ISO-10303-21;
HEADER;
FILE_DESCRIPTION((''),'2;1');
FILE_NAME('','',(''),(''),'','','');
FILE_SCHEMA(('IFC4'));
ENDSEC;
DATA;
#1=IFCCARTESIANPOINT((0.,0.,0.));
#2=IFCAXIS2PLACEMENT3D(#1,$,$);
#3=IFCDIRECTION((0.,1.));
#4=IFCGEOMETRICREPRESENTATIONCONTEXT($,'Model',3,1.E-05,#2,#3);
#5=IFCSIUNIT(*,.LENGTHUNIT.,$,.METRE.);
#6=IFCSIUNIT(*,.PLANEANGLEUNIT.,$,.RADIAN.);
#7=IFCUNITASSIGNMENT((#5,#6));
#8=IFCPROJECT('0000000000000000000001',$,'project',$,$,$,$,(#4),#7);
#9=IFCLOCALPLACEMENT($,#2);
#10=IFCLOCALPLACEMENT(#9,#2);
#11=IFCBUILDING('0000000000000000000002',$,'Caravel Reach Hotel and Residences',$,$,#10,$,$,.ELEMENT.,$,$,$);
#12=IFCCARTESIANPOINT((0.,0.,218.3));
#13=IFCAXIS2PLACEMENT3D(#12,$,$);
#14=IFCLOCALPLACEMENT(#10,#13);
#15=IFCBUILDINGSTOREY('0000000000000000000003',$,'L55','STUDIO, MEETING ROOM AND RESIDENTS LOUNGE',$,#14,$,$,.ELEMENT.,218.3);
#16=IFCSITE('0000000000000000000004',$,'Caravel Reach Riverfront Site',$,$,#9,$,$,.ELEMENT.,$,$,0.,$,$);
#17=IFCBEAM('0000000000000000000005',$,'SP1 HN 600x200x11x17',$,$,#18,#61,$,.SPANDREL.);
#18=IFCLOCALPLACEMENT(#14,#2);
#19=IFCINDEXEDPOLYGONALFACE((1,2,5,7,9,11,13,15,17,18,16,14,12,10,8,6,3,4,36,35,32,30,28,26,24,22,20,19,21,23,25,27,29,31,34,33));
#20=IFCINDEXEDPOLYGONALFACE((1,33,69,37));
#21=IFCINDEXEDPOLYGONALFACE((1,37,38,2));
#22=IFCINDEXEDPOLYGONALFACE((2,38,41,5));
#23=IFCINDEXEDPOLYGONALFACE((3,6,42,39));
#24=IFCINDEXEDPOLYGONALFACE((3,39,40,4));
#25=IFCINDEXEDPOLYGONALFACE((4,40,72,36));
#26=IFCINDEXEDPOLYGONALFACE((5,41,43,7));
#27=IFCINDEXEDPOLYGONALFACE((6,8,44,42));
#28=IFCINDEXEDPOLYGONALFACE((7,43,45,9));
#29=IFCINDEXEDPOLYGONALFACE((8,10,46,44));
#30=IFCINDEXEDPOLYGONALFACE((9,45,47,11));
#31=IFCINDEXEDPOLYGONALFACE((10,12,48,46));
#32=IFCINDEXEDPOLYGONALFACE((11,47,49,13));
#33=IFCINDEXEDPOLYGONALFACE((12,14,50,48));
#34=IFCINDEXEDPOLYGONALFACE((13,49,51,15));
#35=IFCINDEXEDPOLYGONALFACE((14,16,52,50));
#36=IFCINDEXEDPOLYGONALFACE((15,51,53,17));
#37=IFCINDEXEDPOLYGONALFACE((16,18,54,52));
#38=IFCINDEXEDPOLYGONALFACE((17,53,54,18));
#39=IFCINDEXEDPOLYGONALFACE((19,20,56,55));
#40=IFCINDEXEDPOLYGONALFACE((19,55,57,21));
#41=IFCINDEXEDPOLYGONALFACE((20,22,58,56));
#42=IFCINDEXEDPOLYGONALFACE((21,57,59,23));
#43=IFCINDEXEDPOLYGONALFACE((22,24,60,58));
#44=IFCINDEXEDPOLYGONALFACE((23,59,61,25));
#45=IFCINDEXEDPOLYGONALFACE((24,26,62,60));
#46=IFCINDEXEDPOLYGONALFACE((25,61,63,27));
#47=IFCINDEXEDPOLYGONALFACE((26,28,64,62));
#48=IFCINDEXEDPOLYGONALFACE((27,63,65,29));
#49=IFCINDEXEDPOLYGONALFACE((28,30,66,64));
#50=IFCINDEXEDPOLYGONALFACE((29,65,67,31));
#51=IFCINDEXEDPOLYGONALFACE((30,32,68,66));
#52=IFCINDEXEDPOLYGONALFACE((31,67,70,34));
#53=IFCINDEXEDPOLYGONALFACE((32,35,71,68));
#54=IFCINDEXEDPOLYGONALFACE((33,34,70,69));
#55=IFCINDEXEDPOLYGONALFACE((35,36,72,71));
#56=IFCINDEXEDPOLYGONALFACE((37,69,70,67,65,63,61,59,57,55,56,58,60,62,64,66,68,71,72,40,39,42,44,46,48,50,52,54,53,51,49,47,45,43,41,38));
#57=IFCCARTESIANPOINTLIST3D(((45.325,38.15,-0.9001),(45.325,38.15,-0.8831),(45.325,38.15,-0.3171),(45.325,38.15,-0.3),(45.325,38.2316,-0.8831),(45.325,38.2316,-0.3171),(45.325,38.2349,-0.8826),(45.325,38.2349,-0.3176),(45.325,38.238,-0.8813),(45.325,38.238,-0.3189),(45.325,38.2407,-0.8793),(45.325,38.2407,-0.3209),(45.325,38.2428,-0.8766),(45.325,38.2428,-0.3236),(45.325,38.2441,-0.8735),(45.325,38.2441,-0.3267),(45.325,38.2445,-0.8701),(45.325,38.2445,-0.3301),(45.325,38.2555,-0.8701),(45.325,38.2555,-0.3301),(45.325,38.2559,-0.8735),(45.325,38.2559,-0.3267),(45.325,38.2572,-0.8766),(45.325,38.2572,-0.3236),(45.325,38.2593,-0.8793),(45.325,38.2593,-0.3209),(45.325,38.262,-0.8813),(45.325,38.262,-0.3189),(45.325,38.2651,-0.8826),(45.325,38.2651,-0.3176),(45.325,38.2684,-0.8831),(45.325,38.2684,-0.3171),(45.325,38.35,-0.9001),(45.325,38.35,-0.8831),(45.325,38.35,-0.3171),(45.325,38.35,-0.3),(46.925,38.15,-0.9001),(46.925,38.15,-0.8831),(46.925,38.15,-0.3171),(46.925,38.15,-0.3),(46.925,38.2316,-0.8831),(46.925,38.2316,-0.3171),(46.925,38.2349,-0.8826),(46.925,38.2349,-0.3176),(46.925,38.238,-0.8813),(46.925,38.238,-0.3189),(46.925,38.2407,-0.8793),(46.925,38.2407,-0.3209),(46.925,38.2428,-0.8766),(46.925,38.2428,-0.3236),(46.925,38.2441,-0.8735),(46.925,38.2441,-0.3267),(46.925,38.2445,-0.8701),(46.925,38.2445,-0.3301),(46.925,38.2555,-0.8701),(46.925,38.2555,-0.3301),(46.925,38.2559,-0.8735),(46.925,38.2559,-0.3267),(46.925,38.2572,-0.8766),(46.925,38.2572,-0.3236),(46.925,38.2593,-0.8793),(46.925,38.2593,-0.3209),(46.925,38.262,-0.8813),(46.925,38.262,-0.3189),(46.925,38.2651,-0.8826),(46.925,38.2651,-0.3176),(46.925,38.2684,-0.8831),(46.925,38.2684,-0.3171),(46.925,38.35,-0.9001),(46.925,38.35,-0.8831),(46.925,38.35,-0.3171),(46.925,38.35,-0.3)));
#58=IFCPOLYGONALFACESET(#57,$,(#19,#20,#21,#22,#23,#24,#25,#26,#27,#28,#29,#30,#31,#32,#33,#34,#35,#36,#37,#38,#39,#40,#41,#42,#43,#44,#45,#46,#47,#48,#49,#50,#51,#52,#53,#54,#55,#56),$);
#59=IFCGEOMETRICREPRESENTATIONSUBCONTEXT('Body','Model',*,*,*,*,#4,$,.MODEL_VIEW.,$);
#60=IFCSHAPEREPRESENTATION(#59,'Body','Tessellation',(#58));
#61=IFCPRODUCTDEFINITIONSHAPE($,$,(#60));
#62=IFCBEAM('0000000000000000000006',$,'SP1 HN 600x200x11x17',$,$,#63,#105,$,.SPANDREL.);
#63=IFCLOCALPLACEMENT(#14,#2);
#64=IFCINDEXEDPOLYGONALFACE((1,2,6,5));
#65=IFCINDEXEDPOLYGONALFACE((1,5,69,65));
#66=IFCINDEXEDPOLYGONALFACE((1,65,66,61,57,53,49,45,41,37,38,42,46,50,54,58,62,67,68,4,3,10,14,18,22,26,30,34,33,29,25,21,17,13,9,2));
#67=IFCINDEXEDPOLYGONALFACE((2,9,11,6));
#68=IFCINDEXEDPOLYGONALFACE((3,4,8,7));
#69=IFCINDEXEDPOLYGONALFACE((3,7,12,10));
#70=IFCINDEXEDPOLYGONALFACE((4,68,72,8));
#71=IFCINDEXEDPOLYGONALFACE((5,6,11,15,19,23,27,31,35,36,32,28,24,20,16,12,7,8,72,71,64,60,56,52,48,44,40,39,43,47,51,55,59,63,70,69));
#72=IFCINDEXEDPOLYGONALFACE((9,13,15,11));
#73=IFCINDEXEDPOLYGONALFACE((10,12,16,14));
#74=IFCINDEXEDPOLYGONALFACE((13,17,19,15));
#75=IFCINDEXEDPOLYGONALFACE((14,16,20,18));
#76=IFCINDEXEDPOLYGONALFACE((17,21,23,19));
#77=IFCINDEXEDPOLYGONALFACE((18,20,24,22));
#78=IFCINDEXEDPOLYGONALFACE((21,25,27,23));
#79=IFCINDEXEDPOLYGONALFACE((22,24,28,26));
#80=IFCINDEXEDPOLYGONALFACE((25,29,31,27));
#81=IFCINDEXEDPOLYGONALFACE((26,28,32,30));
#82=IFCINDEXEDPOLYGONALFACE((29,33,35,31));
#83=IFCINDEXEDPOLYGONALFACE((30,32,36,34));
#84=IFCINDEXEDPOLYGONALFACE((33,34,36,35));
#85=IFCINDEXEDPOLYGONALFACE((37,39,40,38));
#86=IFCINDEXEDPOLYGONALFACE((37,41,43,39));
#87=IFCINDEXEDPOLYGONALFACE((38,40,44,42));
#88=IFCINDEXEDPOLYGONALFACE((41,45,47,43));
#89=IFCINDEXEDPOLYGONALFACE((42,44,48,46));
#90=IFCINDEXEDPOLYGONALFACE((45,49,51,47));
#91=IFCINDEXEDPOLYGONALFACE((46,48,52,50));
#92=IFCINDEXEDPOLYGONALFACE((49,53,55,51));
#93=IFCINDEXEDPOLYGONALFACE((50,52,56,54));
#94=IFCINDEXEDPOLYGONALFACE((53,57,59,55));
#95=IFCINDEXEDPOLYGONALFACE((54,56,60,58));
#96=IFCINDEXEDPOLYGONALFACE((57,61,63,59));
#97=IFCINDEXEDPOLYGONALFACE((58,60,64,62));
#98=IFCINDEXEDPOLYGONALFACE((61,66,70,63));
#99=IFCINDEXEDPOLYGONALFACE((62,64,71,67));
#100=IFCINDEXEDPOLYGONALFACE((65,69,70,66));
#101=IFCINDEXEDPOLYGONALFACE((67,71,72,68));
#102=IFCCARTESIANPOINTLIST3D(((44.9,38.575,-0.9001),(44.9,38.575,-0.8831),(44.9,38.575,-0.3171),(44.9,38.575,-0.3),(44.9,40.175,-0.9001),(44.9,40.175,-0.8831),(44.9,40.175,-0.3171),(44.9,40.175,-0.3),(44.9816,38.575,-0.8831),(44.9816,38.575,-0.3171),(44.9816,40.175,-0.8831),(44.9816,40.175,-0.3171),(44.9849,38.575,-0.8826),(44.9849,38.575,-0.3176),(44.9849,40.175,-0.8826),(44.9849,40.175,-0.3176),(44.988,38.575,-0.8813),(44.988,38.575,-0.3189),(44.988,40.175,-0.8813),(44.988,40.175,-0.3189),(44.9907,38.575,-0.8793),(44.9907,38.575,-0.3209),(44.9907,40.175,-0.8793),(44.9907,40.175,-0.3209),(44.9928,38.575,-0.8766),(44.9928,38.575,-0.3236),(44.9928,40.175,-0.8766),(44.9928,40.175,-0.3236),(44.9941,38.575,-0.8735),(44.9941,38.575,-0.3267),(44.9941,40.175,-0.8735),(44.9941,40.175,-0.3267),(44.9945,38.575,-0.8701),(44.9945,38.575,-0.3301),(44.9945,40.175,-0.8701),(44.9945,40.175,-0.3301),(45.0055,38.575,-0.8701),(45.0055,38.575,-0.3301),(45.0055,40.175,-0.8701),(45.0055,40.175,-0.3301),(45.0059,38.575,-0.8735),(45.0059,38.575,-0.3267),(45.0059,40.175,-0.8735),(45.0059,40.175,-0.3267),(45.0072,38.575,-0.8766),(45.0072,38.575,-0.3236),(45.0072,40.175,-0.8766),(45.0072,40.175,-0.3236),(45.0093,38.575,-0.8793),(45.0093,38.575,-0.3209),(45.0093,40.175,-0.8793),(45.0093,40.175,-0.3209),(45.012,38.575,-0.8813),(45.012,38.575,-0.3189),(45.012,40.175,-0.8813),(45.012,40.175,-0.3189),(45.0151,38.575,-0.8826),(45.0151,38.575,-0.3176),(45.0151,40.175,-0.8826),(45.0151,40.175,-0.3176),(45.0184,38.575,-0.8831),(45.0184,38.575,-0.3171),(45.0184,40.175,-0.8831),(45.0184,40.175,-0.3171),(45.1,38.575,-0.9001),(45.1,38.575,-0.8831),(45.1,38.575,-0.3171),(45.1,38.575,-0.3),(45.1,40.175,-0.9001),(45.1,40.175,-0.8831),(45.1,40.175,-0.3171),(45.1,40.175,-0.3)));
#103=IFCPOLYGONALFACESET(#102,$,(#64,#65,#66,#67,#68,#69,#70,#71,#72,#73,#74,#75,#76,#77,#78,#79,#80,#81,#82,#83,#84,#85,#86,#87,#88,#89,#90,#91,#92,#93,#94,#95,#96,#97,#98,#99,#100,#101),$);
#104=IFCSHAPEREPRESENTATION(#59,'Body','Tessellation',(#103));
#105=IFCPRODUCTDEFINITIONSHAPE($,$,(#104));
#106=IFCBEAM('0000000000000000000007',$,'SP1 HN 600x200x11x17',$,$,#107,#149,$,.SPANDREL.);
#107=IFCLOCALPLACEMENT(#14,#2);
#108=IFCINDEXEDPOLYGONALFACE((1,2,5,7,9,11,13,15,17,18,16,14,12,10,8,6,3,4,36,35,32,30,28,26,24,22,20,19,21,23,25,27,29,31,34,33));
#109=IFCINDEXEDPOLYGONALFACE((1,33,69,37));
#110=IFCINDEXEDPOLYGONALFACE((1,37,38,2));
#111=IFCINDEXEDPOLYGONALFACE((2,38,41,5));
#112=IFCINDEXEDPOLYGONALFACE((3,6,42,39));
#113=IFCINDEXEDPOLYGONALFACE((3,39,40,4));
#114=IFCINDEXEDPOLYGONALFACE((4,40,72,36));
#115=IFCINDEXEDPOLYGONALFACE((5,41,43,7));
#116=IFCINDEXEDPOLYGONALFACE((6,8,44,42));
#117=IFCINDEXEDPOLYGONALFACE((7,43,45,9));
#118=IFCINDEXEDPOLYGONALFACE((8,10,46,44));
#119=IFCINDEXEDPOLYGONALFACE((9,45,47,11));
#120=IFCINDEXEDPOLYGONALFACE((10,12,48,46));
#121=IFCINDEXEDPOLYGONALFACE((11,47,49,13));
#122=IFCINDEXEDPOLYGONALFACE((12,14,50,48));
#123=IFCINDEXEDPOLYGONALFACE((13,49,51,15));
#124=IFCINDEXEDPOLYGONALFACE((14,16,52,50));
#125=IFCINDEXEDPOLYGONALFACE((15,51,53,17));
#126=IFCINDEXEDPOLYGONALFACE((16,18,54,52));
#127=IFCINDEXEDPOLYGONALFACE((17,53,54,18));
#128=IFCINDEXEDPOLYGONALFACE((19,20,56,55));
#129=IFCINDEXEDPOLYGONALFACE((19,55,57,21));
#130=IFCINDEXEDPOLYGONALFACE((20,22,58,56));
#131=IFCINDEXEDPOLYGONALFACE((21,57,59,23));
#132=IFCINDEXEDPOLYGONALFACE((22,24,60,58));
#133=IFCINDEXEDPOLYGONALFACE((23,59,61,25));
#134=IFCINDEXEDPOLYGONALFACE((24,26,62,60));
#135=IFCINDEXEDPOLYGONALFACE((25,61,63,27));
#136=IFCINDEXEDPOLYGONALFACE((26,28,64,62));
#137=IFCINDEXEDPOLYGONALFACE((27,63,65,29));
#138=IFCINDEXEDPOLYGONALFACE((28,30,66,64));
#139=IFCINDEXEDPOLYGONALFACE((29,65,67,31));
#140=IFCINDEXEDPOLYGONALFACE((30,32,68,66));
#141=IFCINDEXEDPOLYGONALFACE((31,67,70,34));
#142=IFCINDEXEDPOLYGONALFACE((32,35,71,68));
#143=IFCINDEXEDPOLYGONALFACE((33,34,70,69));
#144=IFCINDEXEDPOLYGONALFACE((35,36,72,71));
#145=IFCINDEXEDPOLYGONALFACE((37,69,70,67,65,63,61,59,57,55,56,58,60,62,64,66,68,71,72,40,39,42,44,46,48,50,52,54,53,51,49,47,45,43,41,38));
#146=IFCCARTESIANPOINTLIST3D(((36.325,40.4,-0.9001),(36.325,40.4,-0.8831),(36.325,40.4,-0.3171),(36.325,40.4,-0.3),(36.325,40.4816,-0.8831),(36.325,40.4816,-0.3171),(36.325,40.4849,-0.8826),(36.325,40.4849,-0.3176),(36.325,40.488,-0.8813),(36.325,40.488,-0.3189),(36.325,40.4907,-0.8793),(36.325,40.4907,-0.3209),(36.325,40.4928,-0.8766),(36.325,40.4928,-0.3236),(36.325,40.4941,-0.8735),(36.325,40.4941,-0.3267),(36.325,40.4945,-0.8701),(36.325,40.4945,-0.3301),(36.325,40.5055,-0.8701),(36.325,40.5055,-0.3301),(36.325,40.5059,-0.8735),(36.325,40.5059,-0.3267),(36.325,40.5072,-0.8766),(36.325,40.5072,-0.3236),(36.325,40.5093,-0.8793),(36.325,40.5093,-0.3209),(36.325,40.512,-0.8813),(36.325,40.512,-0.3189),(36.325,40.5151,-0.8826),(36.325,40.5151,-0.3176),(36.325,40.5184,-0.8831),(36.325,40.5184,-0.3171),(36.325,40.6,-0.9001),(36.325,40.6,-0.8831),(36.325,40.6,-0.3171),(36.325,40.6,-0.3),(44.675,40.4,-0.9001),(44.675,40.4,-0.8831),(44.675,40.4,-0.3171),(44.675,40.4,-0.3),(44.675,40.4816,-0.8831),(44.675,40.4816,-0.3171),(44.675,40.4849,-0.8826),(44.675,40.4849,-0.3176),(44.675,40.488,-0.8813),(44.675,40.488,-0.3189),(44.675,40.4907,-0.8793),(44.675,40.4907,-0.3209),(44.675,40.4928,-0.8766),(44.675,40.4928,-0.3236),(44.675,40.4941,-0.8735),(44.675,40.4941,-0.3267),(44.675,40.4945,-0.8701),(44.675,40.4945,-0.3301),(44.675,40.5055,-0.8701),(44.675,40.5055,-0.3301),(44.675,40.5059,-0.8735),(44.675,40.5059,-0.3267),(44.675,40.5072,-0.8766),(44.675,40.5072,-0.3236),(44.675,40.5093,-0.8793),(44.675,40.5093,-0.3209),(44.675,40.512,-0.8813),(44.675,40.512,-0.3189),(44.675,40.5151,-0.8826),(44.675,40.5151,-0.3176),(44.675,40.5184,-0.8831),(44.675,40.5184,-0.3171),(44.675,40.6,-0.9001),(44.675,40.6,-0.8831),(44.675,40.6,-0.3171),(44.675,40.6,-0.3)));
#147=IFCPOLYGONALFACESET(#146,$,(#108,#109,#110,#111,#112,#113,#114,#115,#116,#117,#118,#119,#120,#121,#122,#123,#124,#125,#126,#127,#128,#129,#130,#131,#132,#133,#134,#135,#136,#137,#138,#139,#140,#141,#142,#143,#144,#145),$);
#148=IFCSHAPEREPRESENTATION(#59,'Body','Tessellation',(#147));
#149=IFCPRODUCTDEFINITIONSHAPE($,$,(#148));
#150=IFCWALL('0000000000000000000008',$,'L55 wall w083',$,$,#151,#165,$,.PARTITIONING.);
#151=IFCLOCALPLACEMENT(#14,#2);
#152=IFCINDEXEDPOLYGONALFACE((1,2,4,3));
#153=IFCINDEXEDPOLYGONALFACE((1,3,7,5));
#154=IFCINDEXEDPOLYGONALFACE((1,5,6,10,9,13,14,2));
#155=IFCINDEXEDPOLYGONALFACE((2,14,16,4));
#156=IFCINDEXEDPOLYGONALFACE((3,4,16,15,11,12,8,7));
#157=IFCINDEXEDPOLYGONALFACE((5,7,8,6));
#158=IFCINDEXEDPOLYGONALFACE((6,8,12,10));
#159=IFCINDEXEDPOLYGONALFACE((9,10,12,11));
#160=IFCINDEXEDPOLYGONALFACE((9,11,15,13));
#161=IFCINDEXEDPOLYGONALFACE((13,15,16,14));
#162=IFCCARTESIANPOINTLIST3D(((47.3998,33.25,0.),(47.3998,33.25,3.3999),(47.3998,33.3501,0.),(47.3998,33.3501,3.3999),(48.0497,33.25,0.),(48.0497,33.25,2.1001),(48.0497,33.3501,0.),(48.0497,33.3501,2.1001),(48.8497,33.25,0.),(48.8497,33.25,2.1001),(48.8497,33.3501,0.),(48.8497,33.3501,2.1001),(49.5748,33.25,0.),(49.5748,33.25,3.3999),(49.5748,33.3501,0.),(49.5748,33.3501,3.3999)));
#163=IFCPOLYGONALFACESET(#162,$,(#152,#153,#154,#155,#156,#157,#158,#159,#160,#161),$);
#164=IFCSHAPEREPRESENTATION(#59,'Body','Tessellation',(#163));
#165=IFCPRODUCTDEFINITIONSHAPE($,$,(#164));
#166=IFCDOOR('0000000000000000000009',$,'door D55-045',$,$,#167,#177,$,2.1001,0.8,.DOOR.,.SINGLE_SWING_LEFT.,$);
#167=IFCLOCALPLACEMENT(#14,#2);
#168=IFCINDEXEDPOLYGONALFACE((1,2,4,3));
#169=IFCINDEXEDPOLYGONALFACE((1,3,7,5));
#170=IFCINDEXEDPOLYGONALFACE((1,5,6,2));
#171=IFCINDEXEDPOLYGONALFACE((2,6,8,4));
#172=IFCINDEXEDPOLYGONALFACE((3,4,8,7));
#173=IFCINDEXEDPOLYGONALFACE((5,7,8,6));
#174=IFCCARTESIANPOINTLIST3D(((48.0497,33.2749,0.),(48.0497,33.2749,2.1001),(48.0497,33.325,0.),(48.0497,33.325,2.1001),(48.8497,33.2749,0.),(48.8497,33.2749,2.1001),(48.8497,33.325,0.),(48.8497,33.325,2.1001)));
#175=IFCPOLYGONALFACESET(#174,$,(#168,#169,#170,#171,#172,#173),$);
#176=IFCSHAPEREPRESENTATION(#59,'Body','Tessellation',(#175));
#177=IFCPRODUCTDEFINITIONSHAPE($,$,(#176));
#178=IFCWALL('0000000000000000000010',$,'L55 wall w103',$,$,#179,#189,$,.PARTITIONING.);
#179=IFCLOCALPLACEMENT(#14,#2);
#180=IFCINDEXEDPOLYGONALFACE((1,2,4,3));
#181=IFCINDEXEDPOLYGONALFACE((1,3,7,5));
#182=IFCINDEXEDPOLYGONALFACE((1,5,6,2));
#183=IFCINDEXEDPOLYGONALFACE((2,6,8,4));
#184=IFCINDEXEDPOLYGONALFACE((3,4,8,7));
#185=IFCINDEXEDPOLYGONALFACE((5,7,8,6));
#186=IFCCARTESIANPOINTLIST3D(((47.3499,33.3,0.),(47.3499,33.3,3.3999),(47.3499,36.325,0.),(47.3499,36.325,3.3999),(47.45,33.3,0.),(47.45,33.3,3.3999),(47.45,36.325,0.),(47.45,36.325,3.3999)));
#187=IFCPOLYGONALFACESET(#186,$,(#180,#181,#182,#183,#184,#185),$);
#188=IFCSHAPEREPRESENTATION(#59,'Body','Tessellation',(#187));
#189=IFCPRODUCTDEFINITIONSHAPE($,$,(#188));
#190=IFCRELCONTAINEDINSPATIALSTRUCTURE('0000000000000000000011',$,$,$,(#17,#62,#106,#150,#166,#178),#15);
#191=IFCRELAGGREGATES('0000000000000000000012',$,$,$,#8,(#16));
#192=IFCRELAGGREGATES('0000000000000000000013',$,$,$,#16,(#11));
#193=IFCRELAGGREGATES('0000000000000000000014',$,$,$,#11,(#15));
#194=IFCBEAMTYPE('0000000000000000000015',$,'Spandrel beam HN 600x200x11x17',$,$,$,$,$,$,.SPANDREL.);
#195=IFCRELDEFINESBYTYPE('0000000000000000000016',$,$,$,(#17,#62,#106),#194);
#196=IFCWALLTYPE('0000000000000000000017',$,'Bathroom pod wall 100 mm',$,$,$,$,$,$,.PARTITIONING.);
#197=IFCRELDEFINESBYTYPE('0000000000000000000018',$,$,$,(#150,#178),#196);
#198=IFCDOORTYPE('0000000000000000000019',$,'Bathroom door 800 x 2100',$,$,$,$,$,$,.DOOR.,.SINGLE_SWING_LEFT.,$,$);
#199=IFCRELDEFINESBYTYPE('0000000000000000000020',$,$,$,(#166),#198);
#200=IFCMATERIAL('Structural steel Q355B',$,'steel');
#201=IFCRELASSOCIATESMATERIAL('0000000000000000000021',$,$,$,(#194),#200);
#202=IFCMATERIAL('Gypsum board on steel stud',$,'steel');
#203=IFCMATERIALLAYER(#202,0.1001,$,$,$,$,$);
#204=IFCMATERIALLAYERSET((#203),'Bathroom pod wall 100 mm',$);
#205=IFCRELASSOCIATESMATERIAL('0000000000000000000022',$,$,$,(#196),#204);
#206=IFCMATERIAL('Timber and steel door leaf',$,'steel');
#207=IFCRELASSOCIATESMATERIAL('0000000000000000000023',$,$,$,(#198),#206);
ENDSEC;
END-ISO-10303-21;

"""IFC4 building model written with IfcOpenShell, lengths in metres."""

from ifc_helpers import new_model, si_unit, direction, frame, frame_2d, origin, origin_2d, place, context, subcontext, project, spatial, rectangle, i_section, extrude, material, layer, layer_set, material_profile, profile_set, type_object, element, fill, save


model = new_model("IFC4")

# Units and contexts
model_context = context("Model", 3, precision=1e-05, world=origin(), true_north=direction((0.0, 1.0)))
body_context = subcontext(model_context, "Body", "Model", "MODEL_VIEW")
ifc_project = project(units=[si_unit("LENGTHUNIT", "METRE"), si_unit("PLANEANGLEUNIT", "RADIAN")], contexts=[model_context])

# Site, building, storey
site_placement = place(None, origin())
site = spatial("IfcSite", under=ifc_project, at=site_placement, Name="Caravel Reach Riverfront Site", CompositionType="ELEMENT", RefElevation=0.0)
building_placement = place(site_placement, origin())
building = spatial("IfcBuilding", under=site, at=building_placement, Name="Caravel Reach Hotel and Residences", CompositionType="ELEMENT")
storey_placement = place(building_placement, frame((0.0, 0.0, 218.3)))
storey = spatial("IfcBuildingStorey", under=building, at=storey_placement, Name="L55", Description="STUDIO, MEETING ROOM AND RESIDENTS LOUNGE", CompositionType="ELEMENT", Elevation=218.3)

# Beams
ifc_material_1 = material(Name="Structural steel Q355B", Category="steel")
ifc_material_profile_1 = material_profile(ifc_material_1, i_section(OverallWidth=0.2, OverallDepth=0.6001, WebThickness=0.011, FlangeThickness=0.0171, FilletRadius=0.0129, at=origin_2d()), Name="HN 600x200x11x17")
ifc_profile_set_1 = profile_set([ifc_material_profile_1], Name="Structural steel Q355B")
beam_type = type_object("IfcBeamType", Name="Spandrel beam HN 600x200x11x17", PredefinedType="SPANDREL", material=ifc_profile_set_1)
for number, where, z_axis, x_axis, name in (
    (1, (46.925, 38.25, -0.6001), (-1.0, 0.0, 0.0), (0.0, -1.0, 0.0), "SP1 HN 600x200x11x17"),
    (2, (45.0, 38.575, -0.6001), (0.0, 1.0, 0.0), (-1.0, 0.0, 0.0), "SP1 HN 600x200x11x17"),
):
    element("IfcBeam", number, at=place(storey_placement, frame(where, z_axis=z_axis, x_axis=x_axis)), inside=storey, type_object=beam_type, Name=name, PredefinedType="SPANDREL", context=body_context, shape_type="SweptSolid", body=[
        extrude(i_section(OverallWidth=0.2, OverallDepth=0.6001, WebThickness=0.011, FlangeThickness=0.0171, FilletRadius=0.0129, at=origin_2d()), origin(), (0.0, 0.0, 1.0), 1.6001),
    ])
beam_placement = place(storey_placement, frame((44.675, 40.5, -0.6001), z_axis=(-1.0, 0.0, 0.0), x_axis=(0.0, -1.0, 0.0)))
element("IfcBeam", 3, at=beam_placement, inside=storey, type_object=beam_type, Name="SP1 HN 600x200x11x17", PredefinedType="SPANDREL", context=body_context, shape_type="SweptSolid", body=[
    extrude(i_section(OverallWidth=0.2, OverallDepth=0.6001, WebThickness=0.011, FlangeThickness=0.0171, FilletRadius=0.0129, at=origin_2d()), origin(), (0.0, 0.0, 1.0), 8.3501),
])

# Wall, opening, door
ifc_material_2 = material(Name="Gypsum board on steel stud", Category="steel")
ifc_layer_1 = layer(ifc_material_2, 0.1001)
ifc_layer_set_1 = layer_set([ifc_layer_1], Name="Bathroom pod wall 100 mm")
wall_type_1 = type_object("IfcWallType", Name="Bathroom pod wall 100 mm", PredefinedType="PARTITIONING", material=ifc_layer_set_1)
wall_1_placement = place(storey_placement, frame((47.3999, 33.3, 0.0), z_axis=(0.0, 0.0, 1.0), x_axis=(1.0, 0.0, 0.0)))
wall_1 = element("IfcWall", 4, at=wall_1_placement, inside=storey, type_object=wall_type_1, Name="L55 wall w083", PredefinedType="PARTITIONING", context=body_context, shape_type="SweptSolid", body=[
    extrude(rectangle(XDim=2.175, YDim=0.1001, at=frame_2d((1.0874, 0.0))), origin(), (0.0, 0.0, 1.0), 3.3999),
])
opening_1_placement = place(wall_1_placement, frame((0.6499, 0.0, 0.0)))
opening_1 = element("IfcOpeningElement", 5, at=opening_1_placement, cuts=wall_1, PredefinedType="OPENING", context=body_context, shape_type="SweptSolid", body=[
    extrude(rectangle(XDim=0.8, YDim=2.1001, at=frame_2d((0.3999, 1.05))), frame((0.0, 0.0601, 0.0), z_axis=(0.0, -1.0, 0.0), x_axis=(1.0, 0.0, 0.0)), (0.0, 0.0, 1.0), 0.1201),
])
ifc_material_3 = material(Name="Timber and steel door leaf", Category="steel")
door_type = type_object("IfcDoorType", Name="Bathroom door 800 x 2100", OperationType="SINGLE_SWING_LEFT", PredefinedType="DOOR", material=ifc_material_3)
door_placement = place(opening_1_placement, origin())
door = element("IfcDoor", 6, at=door_placement, inside=storey, type_object=door_type, Name="door D55-045", OperationType="SINGLE_SWING_LEFT", OverallHeight=2.1001, OverallWidth=0.8, PredefinedType="DOOR", context=body_context, shape_type="SweptSolid", body=[
    extrude(rectangle(XDim=0.8, YDim=2.1001, at=frame_2d((0.3999, 1.05))), frame((0.0, 0.0249, 0.0), z_axis=(0.0, -1.0, 0.0), x_axis=(1.0, 0.0, 0.0)), (0.0, 0.0, 1.0), 0.05),
])
fill(opening_1, door)

# Wall
wall_2_placement = place(storey_placement, frame((47.3999, 33.3, 0.0), z_axis=(0.0, 0.0, 1.0), x_axis=(0.0, 1.0, 0.0)))
element("IfcWall", 7, at=wall_2_placement, inside=storey, type_object=wall_type_1, Name="L55 wall w103", PredefinedType="PARTITIONING", context=body_context, shape_type="SweptSolid", body=[
    extrude(rectangle(XDim=3.0249, YDim=0.1001, at=frame_2d((1.5125, 0.0))), origin(), (0.0, 0.0, 1.0), 3.3999),
])

save(model, "model.ifc")
